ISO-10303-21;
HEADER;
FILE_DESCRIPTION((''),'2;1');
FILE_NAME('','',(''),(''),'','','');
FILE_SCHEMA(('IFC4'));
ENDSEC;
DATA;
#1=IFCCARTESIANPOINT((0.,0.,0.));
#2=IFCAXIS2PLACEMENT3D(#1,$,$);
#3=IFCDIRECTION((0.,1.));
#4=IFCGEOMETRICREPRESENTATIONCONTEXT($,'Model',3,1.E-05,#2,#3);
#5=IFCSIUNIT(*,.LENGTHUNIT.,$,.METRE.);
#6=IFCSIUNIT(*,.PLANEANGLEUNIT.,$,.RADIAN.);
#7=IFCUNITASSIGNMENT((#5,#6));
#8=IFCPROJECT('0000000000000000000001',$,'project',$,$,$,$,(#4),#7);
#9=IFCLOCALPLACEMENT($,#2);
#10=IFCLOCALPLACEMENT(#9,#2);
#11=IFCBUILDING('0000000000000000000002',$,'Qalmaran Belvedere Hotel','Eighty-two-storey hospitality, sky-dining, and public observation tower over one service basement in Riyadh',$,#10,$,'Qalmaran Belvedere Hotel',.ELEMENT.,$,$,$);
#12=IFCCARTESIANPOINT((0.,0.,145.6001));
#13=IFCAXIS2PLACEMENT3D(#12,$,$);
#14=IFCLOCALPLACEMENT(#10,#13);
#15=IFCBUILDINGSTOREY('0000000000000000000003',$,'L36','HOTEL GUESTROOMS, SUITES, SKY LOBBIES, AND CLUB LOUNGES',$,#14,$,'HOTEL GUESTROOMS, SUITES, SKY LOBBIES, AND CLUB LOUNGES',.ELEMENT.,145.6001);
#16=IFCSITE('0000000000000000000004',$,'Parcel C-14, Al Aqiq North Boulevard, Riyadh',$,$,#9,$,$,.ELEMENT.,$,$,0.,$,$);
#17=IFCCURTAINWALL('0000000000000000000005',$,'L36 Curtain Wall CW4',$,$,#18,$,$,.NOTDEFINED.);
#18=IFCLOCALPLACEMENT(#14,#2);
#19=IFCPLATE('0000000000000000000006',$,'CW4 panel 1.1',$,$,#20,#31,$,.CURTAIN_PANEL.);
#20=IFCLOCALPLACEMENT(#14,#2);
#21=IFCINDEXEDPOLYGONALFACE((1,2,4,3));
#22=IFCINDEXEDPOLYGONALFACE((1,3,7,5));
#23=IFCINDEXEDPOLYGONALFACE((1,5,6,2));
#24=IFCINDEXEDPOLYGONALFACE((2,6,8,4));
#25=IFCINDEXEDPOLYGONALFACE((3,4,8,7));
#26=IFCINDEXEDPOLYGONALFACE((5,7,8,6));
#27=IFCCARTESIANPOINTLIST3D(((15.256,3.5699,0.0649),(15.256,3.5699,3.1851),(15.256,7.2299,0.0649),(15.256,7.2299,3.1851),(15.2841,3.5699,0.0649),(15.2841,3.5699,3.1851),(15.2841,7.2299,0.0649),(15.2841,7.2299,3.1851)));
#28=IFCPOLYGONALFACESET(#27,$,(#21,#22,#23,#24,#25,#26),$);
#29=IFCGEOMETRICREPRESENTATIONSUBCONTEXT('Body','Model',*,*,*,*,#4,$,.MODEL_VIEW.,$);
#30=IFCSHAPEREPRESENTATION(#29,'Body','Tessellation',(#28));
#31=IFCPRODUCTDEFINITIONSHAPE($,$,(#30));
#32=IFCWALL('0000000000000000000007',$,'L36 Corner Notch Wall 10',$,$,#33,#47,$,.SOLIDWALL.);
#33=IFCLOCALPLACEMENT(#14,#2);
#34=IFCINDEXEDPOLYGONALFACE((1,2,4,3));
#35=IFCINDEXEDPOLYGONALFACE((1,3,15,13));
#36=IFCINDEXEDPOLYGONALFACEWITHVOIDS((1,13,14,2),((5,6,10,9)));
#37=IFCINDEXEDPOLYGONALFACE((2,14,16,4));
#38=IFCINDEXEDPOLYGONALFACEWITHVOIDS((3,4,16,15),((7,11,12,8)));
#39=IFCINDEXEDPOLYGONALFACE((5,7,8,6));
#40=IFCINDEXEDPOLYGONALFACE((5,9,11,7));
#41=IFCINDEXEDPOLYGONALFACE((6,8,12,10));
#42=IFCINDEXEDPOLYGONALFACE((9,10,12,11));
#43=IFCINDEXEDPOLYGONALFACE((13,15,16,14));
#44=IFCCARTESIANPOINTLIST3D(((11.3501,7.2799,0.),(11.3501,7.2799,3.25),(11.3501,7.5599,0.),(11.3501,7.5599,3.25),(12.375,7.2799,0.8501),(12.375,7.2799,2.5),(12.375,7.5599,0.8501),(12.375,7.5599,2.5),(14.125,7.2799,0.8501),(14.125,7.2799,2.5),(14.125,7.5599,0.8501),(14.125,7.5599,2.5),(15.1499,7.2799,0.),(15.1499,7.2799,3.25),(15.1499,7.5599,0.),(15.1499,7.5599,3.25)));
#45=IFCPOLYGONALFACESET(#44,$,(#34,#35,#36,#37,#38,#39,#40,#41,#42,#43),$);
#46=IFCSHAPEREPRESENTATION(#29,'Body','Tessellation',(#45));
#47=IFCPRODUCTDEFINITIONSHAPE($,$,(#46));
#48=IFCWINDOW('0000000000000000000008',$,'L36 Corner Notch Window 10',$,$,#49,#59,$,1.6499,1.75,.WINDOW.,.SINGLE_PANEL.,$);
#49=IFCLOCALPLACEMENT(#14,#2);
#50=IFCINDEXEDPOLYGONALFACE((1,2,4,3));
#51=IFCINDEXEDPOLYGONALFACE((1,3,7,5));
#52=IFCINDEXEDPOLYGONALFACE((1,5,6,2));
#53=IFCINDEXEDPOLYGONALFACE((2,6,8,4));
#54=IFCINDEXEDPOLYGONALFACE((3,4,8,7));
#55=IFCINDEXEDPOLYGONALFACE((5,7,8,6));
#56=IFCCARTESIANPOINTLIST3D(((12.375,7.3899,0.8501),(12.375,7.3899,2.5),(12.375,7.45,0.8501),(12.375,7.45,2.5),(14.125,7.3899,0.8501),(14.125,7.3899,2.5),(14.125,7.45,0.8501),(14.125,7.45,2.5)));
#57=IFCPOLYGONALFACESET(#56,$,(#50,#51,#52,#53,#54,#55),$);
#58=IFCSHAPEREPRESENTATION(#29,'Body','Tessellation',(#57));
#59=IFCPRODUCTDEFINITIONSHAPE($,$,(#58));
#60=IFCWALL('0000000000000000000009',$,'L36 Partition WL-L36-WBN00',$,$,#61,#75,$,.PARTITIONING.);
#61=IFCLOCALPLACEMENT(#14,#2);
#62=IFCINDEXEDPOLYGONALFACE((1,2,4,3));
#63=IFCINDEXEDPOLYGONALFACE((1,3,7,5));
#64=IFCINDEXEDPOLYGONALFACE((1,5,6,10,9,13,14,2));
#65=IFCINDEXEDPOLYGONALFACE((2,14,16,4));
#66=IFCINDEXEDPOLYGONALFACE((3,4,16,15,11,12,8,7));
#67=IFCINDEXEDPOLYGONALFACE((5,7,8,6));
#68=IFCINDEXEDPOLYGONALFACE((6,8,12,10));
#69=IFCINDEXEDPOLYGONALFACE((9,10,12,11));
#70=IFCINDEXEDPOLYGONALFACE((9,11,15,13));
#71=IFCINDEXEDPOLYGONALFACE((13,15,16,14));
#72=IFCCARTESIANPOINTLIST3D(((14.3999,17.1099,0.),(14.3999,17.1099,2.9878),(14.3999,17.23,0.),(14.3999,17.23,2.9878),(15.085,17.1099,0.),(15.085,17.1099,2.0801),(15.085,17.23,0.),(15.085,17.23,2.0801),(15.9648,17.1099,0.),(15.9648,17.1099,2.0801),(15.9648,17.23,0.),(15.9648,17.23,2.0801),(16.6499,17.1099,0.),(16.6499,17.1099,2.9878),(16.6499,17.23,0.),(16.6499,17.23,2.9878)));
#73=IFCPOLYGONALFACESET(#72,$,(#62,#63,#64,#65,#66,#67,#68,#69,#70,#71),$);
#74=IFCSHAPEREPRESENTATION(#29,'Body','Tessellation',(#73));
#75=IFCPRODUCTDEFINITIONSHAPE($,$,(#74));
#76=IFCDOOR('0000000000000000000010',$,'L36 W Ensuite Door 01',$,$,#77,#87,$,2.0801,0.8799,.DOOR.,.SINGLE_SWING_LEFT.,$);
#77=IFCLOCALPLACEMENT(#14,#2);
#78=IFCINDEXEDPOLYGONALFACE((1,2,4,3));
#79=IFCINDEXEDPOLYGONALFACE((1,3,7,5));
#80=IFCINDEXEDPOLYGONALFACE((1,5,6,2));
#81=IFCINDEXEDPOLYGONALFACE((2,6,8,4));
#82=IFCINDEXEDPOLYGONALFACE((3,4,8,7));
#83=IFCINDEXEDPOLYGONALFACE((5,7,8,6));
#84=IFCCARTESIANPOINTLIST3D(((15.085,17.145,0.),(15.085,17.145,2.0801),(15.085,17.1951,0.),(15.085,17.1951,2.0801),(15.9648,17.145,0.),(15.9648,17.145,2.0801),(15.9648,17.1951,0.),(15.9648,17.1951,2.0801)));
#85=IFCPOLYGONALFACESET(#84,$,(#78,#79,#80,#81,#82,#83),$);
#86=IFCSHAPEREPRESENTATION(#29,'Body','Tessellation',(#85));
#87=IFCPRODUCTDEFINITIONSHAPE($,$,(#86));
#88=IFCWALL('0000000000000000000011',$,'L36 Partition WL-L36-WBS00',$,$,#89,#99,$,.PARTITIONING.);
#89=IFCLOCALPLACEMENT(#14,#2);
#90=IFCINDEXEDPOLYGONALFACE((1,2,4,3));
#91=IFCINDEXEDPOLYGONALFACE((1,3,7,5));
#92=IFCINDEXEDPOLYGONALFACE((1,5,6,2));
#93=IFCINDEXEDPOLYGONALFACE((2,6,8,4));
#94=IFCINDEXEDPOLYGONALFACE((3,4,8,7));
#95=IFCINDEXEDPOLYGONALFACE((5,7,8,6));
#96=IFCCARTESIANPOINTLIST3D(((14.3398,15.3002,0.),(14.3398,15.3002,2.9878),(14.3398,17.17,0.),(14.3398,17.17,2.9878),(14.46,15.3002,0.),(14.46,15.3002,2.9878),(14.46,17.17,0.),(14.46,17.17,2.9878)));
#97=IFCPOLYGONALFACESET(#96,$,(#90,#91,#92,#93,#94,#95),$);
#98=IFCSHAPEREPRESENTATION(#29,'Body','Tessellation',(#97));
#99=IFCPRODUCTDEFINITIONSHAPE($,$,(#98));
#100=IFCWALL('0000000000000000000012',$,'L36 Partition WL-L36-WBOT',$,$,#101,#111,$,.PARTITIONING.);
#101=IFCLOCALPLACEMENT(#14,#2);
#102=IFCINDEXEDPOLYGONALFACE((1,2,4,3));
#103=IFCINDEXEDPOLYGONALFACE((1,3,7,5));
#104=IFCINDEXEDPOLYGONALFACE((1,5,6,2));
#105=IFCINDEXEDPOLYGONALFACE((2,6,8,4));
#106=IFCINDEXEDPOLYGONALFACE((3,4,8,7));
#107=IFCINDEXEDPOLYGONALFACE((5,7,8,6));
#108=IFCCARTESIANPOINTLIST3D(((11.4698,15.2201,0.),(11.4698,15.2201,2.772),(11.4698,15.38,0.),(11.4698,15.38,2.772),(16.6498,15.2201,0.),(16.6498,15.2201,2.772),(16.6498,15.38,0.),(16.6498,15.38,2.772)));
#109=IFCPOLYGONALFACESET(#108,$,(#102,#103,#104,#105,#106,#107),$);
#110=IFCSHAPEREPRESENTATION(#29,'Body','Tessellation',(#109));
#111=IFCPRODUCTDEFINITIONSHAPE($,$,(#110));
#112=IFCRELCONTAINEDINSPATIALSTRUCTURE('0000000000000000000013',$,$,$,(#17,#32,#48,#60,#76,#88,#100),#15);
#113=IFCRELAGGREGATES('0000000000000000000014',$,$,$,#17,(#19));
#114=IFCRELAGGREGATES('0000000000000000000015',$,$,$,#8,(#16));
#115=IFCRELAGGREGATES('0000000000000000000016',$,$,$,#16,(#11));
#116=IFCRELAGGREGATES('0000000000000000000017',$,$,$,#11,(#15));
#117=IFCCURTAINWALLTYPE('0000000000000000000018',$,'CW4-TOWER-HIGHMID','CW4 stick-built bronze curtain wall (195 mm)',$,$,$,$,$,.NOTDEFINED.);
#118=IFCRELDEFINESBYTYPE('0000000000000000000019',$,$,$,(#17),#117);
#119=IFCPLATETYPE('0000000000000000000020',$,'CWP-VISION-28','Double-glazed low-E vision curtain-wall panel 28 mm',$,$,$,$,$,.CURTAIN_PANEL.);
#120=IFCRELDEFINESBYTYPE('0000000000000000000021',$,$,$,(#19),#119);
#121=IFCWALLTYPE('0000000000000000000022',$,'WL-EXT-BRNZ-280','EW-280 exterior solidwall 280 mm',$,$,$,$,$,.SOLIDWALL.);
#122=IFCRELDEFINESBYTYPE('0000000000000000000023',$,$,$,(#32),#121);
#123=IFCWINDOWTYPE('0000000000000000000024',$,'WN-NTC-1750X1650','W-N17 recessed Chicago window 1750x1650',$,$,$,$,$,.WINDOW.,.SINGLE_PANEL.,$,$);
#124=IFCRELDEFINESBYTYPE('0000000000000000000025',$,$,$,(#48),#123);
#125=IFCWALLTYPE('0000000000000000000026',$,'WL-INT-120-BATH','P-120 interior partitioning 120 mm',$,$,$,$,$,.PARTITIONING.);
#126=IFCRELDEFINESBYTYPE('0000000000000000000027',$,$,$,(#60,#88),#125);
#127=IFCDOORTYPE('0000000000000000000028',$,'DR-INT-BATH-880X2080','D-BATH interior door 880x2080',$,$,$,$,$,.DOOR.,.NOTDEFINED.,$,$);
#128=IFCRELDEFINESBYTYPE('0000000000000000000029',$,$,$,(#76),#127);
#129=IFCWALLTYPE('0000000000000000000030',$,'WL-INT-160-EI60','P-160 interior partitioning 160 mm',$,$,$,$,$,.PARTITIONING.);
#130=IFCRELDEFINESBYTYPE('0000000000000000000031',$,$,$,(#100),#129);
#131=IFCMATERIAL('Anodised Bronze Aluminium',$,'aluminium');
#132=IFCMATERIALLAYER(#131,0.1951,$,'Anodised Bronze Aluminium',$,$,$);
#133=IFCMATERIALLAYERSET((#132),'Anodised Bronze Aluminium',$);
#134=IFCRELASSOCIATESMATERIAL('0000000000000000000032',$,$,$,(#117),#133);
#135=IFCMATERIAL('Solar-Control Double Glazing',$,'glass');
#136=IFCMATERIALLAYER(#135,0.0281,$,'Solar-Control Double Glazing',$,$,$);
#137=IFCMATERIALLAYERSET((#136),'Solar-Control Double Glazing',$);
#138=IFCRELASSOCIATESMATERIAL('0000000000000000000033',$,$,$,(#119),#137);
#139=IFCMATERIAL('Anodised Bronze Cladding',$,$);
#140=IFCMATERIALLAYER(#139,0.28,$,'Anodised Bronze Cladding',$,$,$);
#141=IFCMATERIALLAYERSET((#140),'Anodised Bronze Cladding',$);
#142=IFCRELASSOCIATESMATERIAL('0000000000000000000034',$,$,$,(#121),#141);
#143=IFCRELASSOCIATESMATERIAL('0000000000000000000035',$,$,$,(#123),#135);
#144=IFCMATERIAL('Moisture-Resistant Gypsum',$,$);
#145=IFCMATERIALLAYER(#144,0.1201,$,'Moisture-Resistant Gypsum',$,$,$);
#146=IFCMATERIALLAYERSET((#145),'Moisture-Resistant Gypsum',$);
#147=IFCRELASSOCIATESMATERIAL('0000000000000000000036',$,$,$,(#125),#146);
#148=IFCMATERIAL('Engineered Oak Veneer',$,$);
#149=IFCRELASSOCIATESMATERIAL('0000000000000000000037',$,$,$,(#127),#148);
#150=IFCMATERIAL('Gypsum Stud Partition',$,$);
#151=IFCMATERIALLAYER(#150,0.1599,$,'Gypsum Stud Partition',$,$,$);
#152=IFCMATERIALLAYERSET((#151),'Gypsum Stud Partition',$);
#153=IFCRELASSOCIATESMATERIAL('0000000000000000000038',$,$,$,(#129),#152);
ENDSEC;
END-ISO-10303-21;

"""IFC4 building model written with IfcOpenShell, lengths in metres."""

from ifc_helpers import new_model, si_unit, direction, frame, frame_2d, origin, origin_2d, place, context, subcontext, project, spatial, rectangle, extrude, material, layer, layer_set, type_object, element, fill, aggregate, save


model = new_model("IFC4")

# Units and contexts
model_context = context("Model", 3, precision=1e-05, world=origin(), true_north=direction((0.0, 1.0)))
body_context = subcontext(model_context, "Body", "Model", "MODEL_VIEW")
ifc_project = project(units=[si_unit("LENGTHUNIT", "METRE"), si_unit("PLANEANGLEUNIT", "RADIAN")], contexts=[model_context])

# Site, building, storey
site_placement = place(None, origin())
site = spatial("IfcSite", under=ifc_project, at=site_placement, Name="Parcel C-14, Al Aqiq North Boulevard, Riyadh", CompositionType="ELEMENT", RefElevation=0.0)
building_placement = place(site_placement, origin())
building = spatial("IfcBuilding", under=site, at=building_placement, Name="Qalmaran Belvedere Hotel", Description="Eighty-two-storey hospitality, sky-dining, and public observation tower over one service basement in Riyadh", LongName="Qalmaran Belvedere Hotel", CompositionType="ELEMENT")
storey_placement = place(building_placement, frame((0.0, 0.0, 145.6001)))
storey = spatial("IfcBuildingStorey", under=building, at=storey_placement, Name="L36", Description="HOTEL GUESTROOMS, SUITES, SKY LOBBIES, AND CLUB LOUNGES", LongName="HOTEL GUESTROOMS, SUITES, SKY LOBBIES, AND CLUB LOUNGES", CompositionType="ELEMENT", Elevation=145.6001)

# Shared definitions
ifc_material_1 = material(Name="Anodised Bronze Aluminium", Category="aluminium")
ifc_layer_1 = layer(ifc_material_1, 0.1951, Name="Anodised Bronze Aluminium")
ifc_layer_set_1 = layer_set([ifc_layer_1], Name="Anodised Bronze Aluminium")
curtain_wall_type = type_object("IfcCurtainWallType", Name="CW4-TOWER-HIGHMID", Description="CW4 stick-built bronze curtain wall (195 mm)", PredefinedType="NOTDEFINED", material=ifc_layer_set_1)

# Curtain wall
curtain_wall_1_placement = place(storey_placement, origin())
curtain_wall_1 = element("IfcCurtainWall", 1, at=curtain_wall_1_placement, inside=storey, type_object=curtain_wall_type, Name="L36 Curtain Wall CW4", PredefinedType="NOTDEFINED")

# Plate
ifc_material_2 = material(Name="Solar-Control Double Glazing", Category="glass")
ifc_layer_2 = layer(ifc_material_2, 0.0281, Name="Solar-Control Double Glazing")
ifc_layer_set_2 = layer_set([ifc_layer_2], Name="Solar-Control Double Glazing")
plate_type = type_object("IfcPlateType", Name="CWP-VISION-28", Description="Double-glazed low-E vision curtain-wall panel 28 mm", PredefinedType="CURTAIN_PANEL", material=ifc_layer_set_2)
plate_1_placement = place(storey_placement, frame((15.27, 5.3999, 0.0649), z_axis=(0.0, 0.0, 1.0), x_axis=(0.0, -1.0, 0.0)))
plate_1 = element("IfcPlate", 2, at=plate_1_placement, type_object=plate_type, Name="CW4 panel 1.1", PredefinedType="CURTAIN_PANEL", context=body_context, shape_type="SweptSolid", body=[
    extrude(rectangle(XDim=3.6599, YDim=0.0281, at=origin_2d()), origin(), (0.0, 0.0, 1.0), 3.1201),
])
aggregate(curtain_wall_1, [plate_1])

# Wall, opening, window
ifc_material_3 = material(Name="Anodised Bronze Cladding")
ifc_layer_3 = layer(ifc_material_3, 0.28, Name="Anodised Bronze Cladding")
ifc_layer_set_3 = layer_set([ifc_layer_3], Name="Anodised Bronze Cladding")
wall_type_1 = type_object("IfcWallType", Name="WL-EXT-BRNZ-280", Description="EW-280 exterior solidwall 280 mm", PredefinedType="SOLIDWALL", material=ifc_layer_set_3)
wall_1_placement = place(storey_placement, frame((11.3501, 7.4199, 0.0), z_axis=(0.0, 0.0, 1.0), x_axis=(1.0, 0.0, 0.0)))
wall_1 = element("IfcWall", 3, at=wall_1_placement, inside=storey, type_object=wall_type_1, Name="L36 Corner Notch Wall 10", PredefinedType="SOLIDWALL", context=body_context, shape_type="SweptSolid", body=[
    extrude(rectangle(XDim=3.7998, YDim=0.28, at=frame_2d((1.8999, 0.0))), origin(), (0.0, 0.0, 1.0), 3.25),
])
opening_1_placement = place(wall_1_placement, frame((1.0249, 0.0, 0.8501)))
opening_1 = element("IfcOpeningElement", 4, at=opening_1_placement, cuts=wall_1, PredefinedType="OPENING", context=body_context, shape_type="SweptSolid", body=[
    extrude(rectangle(XDim=1.75, YDim=1.6499, at=frame_2d((0.875, 0.825))), frame((0.0, 0.1499, 0.0), z_axis=(0.0, -1.0, 0.0), x_axis=(1.0, 0.0, 0.0)), (0.0, 0.0, 1.0), 0.3),
])
window_type = type_object("IfcWindowType", Name="WN-NTC-1750X1650", Description="W-N17 recessed Chicago window 1750x1650", PartitioningType="SINGLE_PANEL", PredefinedType="WINDOW", material=ifc_material_2)
window_placement = place(opening_1_placement, origin())
window = element("IfcWindow", 5, at=window_placement, inside=storey, type_object=window_type, Name="L36 Corner Notch Window 10", OverallHeight=1.6499, OverallWidth=1.75, PartitioningType="SINGLE_PANEL", PredefinedType="WINDOW", context=body_context, shape_type="SweptSolid", body=[
    extrude(rectangle(XDim=1.75, YDim=1.6499, at=frame_2d((0.875, 0.825))), frame((0.0, 0.03, 0.0), z_axis=(0.0, -1.0, 0.0), x_axis=(1.0, 0.0, 0.0)), (0.0, 0.0, 1.0), 0.0601),
])
fill(opening_1, window)

# Wall, opening, door
ifc_material_4 = material(Name="Moisture-Resistant Gypsum")
ifc_layer_4 = layer(ifc_material_4, 0.1201, Name="Moisture-Resistant Gypsum")
ifc_layer_set_4 = layer_set([ifc_layer_4], Name="Moisture-Resistant Gypsum")
wall_type_2 = type_object("IfcWallType", Name="WL-INT-120-BATH", Description="P-120 interior partitioning 120 mm", PredefinedType="PARTITIONING", material=ifc_layer_set_4)
wall_2_placement = place(storey_placement, frame((14.3999, 17.1699, 0.0), z_axis=(0.0, 0.0, 1.0), x_axis=(1.0, 0.0, 0.0)))
wall_2 = element("IfcWall", 6, at=wall_2_placement, inside=storey, type_object=wall_type_2, Name="L36 Partition WL-L36-WBN00", PredefinedType="PARTITIONING", context=body_context, shape_type="SweptSolid", body=[
    extrude(rectangle(XDim=2.25, YDim=0.1201, at=frame_2d((1.125, 0.0))), origin(), (0.0, 0.0, 1.0), 2.9878),
])
opening_2_placement = place(wall_2_placement, frame((1.5649, 0.0, 0.0), z_axis=(0.0, 0.0, 1.0), x_axis=(-1.0, 0.0, 0.0)))
opening_2 = element("IfcOpeningElement", 7, at=opening_2_placement, cuts=wall_2, PredefinedType="OPENING", context=body_context, shape_type="SweptSolid", body=[
    extrude(rectangle(XDim=0.8799, YDim=2.0801, at=frame_2d((0.4399, 1.04))), frame((0.0, 0.0701, 0.0), z_axis=(0.0, -1.0, 0.0), x_axis=(1.0, 0.0, 0.0)), (0.0, 0.0, 1.0), 0.1401),
])
ifc_material_5 = material(Name="Engineered Oak Veneer")
door_type = type_object("IfcDoorType", Name="DR-INT-BATH-880X2080", Description="D-BATH interior door 880x2080", OperationType="NOTDEFINED", PredefinedType="DOOR", material=ifc_material_5)
door_placement = place(opening_2_placement, origin())
door = element("IfcDoor", 8, at=door_placement, inside=storey, type_object=door_type, Name="L36 W Ensuite Door 01", OperationType="SINGLE_SWING_LEFT", OverallHeight=2.0801, OverallWidth=0.8799, PredefinedType="DOOR", context=body_context, shape_type="SweptSolid", body=[
    extrude(rectangle(XDim=0.8799, YDim=2.0801, at=frame_2d((0.4399, 1.04))), frame((0.0, 0.0249, 0.0), z_axis=(0.0, -1.0, 0.0), x_axis=(1.0, 0.0, 0.0)), (0.0, 0.0, 1.0), 0.05),
])
fill(opening_2, door)

# Walls
wall_3_placement = place(storey_placement, frame((14.3999, 15.3, 0.0), z_axis=(0.0, 0.0, 1.0), x_axis=(0.0, 1.0, 0.0)))
element("IfcWall", 9, at=wall_3_placement, inside=storey, type_object=wall_type_2, Name="L36 Partition WL-L36-WBS00", PredefinedType="PARTITIONING", context=body_context, shape_type="SweptSolid", body=[
    extrude(rectangle(XDim=1.8699, YDim=0.1201, at=frame_2d((0.9351, 0.0))), origin(), (0.0, 0.0, 1.0), 2.9878),
])
ifc_material_6 = material(Name="Gypsum Stud Partition")
ifc_layer_5 = layer(ifc_material_6, 0.1599, Name="Gypsum Stud Partition")
ifc_layer_set_5 = layer_set([ifc_layer_5], Name="Gypsum Stud Partition")
wall_type_3 = type_object("IfcWallType", Name="WL-INT-160-EI60", Description="P-160 interior partitioning 160 mm", PredefinedType="PARTITIONING", material=ifc_layer_set_5)
wall_4_placement = place(storey_placement, frame((11.47, 15.3, 0.0), z_axis=(0.0, 0.0, 1.0), x_axis=(1.0, 0.0, 0.0)))
element("IfcWall", 10, at=wall_4_placement, inside=storey, type_object=wall_type_3, Name="L36 Partition WL-L36-WBOT", PredefinedType="PARTITIONING", context=body_context, shape_type="SweptSolid", body=[
    extrude(rectangle(XDim=5.1799, YDim=0.1599, at=frame_2d((2.5898, 0.0))), origin(), (0.0, 0.0, 1.0), 2.772),
])

save(model, "model.ifc")
